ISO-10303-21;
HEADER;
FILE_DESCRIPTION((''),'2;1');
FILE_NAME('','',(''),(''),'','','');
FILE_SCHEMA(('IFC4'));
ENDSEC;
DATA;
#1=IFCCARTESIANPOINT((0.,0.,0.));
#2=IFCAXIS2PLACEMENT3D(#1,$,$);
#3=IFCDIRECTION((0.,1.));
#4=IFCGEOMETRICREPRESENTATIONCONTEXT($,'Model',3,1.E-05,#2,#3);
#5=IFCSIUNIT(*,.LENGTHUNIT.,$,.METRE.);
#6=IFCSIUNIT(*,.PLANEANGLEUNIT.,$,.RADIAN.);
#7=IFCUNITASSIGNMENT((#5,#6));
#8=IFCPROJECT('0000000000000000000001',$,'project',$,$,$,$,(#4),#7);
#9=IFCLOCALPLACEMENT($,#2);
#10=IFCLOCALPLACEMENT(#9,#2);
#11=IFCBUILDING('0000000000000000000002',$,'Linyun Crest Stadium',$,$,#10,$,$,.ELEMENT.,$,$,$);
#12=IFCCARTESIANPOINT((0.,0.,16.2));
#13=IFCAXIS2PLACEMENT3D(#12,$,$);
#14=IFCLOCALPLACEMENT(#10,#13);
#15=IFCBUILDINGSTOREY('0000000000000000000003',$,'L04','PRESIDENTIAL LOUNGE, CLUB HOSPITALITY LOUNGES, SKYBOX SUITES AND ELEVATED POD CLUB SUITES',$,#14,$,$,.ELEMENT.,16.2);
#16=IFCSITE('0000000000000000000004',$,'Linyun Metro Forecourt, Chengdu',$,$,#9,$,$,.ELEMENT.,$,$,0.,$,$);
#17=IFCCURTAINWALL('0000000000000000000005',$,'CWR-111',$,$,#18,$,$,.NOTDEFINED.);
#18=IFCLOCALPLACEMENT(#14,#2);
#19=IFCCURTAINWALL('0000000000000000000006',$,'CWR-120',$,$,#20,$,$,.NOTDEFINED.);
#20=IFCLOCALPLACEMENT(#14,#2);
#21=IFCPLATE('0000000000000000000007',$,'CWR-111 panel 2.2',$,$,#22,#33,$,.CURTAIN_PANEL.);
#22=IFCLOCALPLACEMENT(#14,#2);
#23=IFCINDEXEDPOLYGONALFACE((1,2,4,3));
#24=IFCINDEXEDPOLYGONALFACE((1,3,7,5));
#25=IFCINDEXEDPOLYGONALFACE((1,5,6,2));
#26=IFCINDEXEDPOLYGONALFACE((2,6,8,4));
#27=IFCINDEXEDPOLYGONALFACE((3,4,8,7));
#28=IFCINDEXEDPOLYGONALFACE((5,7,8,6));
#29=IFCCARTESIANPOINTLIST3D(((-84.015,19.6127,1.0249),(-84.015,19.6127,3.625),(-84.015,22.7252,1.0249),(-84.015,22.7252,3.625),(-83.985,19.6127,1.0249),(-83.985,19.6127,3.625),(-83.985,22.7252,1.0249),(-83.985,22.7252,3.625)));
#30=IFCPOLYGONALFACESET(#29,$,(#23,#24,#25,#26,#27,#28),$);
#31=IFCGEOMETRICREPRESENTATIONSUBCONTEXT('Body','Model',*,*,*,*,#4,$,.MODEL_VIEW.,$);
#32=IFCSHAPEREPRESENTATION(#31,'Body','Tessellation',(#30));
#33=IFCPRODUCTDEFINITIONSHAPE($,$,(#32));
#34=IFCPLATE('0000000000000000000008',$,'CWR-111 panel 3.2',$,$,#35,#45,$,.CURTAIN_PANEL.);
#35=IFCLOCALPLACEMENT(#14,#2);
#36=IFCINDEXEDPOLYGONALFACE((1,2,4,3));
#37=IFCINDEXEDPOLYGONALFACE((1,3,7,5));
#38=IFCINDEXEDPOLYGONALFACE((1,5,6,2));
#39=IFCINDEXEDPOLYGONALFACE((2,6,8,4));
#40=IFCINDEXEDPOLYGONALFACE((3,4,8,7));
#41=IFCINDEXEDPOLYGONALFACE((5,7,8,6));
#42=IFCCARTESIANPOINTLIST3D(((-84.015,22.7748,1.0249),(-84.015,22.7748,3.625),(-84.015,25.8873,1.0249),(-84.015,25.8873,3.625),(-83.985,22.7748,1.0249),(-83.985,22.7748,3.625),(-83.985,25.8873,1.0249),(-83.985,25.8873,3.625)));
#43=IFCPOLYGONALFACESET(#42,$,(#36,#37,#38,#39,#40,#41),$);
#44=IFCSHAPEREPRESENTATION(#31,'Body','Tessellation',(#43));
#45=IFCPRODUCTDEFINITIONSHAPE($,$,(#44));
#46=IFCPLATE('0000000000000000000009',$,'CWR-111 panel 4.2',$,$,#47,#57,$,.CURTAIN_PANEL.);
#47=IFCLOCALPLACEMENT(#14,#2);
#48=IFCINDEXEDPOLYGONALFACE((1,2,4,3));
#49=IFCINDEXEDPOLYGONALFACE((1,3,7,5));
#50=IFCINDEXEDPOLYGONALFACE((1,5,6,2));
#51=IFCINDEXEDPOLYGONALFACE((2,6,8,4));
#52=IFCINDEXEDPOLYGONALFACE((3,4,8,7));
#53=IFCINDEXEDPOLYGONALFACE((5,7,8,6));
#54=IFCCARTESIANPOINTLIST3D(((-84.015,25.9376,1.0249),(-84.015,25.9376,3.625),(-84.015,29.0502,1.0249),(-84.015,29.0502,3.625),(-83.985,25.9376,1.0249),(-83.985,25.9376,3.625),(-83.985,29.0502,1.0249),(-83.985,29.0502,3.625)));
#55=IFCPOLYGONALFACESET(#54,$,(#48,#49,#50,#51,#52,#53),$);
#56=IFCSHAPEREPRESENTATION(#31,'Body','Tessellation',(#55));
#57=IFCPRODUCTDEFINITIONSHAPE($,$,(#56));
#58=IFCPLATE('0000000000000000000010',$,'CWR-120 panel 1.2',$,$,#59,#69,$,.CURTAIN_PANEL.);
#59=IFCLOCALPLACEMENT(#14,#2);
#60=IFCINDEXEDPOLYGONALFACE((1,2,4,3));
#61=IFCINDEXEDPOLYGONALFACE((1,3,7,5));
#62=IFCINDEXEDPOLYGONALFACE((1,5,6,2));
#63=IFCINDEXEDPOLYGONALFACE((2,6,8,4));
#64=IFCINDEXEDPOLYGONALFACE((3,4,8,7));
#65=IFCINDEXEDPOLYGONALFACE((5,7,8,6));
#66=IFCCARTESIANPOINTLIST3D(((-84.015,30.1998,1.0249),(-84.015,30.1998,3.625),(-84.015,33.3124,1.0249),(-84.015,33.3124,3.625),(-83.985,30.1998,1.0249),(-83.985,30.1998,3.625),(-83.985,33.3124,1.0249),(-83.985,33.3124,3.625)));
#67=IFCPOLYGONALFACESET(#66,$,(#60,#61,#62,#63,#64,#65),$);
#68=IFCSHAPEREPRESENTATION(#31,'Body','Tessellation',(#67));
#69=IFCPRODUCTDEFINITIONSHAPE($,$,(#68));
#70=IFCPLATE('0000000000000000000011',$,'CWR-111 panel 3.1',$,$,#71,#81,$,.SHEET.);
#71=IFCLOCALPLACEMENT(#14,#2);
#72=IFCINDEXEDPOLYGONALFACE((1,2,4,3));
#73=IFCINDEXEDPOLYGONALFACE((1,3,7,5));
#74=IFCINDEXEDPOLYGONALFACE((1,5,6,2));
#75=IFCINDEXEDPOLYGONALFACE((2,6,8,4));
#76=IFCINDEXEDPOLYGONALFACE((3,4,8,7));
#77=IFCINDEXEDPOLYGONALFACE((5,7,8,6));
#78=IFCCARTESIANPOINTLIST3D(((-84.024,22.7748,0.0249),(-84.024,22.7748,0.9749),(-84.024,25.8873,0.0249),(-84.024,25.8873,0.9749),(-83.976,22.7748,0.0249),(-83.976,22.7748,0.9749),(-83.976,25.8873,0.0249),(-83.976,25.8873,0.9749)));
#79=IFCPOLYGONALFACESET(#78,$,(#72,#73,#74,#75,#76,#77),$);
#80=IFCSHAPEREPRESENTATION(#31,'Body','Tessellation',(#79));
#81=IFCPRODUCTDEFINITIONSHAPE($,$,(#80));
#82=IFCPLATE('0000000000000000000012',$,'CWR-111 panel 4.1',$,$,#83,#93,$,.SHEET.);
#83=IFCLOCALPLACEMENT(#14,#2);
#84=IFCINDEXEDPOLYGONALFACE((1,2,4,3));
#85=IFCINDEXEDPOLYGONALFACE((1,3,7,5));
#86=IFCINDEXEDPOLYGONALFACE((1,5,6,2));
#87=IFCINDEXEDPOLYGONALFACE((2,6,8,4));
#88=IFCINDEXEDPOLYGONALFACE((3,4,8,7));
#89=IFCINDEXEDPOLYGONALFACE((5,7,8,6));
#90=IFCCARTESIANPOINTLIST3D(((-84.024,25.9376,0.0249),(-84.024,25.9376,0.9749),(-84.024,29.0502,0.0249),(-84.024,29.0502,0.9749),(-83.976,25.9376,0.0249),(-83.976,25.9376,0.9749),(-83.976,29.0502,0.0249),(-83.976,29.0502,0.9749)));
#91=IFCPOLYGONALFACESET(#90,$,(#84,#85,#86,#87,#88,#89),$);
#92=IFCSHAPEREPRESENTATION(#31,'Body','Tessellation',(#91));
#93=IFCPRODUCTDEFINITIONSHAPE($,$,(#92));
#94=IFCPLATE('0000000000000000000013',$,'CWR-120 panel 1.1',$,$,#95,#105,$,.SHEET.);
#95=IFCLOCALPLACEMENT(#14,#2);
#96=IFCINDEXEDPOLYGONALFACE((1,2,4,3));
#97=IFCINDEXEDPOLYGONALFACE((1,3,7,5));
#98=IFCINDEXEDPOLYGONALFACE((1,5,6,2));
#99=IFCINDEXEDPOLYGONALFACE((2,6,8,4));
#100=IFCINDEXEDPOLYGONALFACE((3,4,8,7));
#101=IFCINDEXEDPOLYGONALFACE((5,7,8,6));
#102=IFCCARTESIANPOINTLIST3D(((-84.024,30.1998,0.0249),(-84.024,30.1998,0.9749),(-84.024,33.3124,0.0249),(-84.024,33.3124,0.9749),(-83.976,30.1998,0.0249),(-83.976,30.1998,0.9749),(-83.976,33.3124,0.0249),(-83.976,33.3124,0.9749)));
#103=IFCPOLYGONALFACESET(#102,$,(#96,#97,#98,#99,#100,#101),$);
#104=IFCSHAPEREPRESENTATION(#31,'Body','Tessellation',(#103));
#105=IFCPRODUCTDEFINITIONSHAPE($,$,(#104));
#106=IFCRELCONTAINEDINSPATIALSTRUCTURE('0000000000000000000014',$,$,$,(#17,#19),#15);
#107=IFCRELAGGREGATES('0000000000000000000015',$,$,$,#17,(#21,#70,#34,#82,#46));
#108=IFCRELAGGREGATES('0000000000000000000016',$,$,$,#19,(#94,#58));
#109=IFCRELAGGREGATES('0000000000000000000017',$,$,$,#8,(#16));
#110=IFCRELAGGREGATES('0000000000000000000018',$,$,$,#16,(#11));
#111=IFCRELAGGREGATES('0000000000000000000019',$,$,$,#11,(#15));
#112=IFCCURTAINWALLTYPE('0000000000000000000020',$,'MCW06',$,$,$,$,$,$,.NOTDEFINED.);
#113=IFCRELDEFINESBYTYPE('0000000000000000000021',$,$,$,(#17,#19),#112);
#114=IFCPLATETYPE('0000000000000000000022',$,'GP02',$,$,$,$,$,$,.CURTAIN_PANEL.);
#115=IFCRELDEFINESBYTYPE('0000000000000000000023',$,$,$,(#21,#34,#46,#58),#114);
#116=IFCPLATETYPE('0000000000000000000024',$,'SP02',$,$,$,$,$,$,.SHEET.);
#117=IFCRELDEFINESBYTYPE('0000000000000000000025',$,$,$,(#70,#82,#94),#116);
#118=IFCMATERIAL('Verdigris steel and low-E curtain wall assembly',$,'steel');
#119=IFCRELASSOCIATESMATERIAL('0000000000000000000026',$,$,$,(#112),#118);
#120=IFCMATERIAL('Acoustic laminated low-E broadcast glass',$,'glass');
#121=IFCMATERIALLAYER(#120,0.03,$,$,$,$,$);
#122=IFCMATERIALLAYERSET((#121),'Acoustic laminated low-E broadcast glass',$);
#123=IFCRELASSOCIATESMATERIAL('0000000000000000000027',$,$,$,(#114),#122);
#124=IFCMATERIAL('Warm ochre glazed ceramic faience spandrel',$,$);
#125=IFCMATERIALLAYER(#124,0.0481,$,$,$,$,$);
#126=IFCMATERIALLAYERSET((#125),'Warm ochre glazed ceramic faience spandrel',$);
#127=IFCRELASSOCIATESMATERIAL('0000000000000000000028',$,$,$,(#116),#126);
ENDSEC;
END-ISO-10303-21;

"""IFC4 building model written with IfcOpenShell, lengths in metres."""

from ifc_helpers import new_model, si_unit, direction, frame, origin, origin_2d, place, context, subcontext, project, spatial, rectangle, extrude, material, layer, layer_set, type_object, element, aggregate, save


model = new_model("IFC4")

# Units and contexts
model_context = context("Model", 3, precision=1e-05, world=origin(), true_north=direction((0.0, 1.0)))
body_context = subcontext(model_context, "Body", "Model", "MODEL_VIEW")
ifc_project = project(units=[si_unit("LENGTHUNIT", "METRE"), si_unit("PLANEANGLEUNIT", "RADIAN")], contexts=[model_context])

# Site, building, storey
site_placement = place(None, origin())
site = spatial("IfcSite", under=ifc_project, at=site_placement, Name="Linyun Metro Forecourt, Chengdu", CompositionType="ELEMENT", RefElevation=0.0)
building_placement = place(site_placement, origin())
building = spatial("IfcBuilding", under=site, at=building_placement, Name="Linyun Crest Stadium", CompositionType="ELEMENT")
storey_placement = place(building_placement, frame((0.0, 0.0, 16.2)))
storey = spatial("IfcBuildingStorey", under=building, at=storey_placement, Name="L04", Description="PRESIDENTIAL LOUNGE, CLUB HOSPITALITY LOUNGES, SKYBOX SUITES AND ELEVATED POD CLUB SUITES", CompositionType="ELEMENT", Elevation=16.2)

# Curtain walls
ifc_material_1 = material(Name="Verdigris steel and low-E curtain wall assembly", Category="steel")
curtain_wall_type = type_object("IfcCurtainWallType", Name="MCW06", PredefinedType="NOTDEFINED", material=ifc_material_1)
curtain_wall_1_placement = place(storey_placement, origin())
curtain_wall_1 = element("IfcCurtainWall", 1, at=curtain_wall_1_placement, inside=storey, type_object=curtain_wall_type, Name="CWR-111", PredefinedType="NOTDEFINED")
curtain_wall_2_placement = place(storey_placement, origin())
curtain_wall_2 = element("IfcCurtainWall", 2, at=curtain_wall_2_placement, inside=storey, type_object=curtain_wall_type, Name="CWR-120", PredefinedType="NOTDEFINED")

# Plates
ifc_material_2 = material(Name="Acoustic laminated low-E broadcast glass", Category="glass")
ifc_layer_1 = layer(ifc_material_2, 0.03)
ifc_layer_set_1 = layer_set([ifc_layer_1], Name="Acoustic laminated low-E broadcast glass")
plate_type_1 = type_object("IfcPlateType", Name="GP02", PredefinedType="CURTAIN_PANEL", material=ifc_layer_set_1)
plate_1_placement = place(storey_placement, frame((-84.0, 21.1689, 1.0249), z_axis=(0.0, 0.0, 1.0), x_axis=(0.0, 1.0, 0.0)))
plate_1 = element("IfcPlate", 3, at=plate_1_placement, type_object=plate_type_1, Name="CWR-111 panel 2.2", PredefinedType="CURTAIN_PANEL", context=body_context, shape_type="SweptSolid", body=[
    extrude(rectangle(XDim=3.1125, YDim=0.03, at=origin_2d()), origin(), (0.0, 0.0, 1.0), 2.6001),
])
plate_2_placement = place(storey_placement, frame((-84.0, 24.3311, 1.0249), z_axis=(0.0, 0.0, 1.0), x_axis=(0.0, 1.0, 0.0)))
plate_2 = element("IfcPlate", 4, at=plate_2_placement, type_object=plate_type_1, Name="CWR-111 panel 3.2", PredefinedType="CURTAIN_PANEL", context=body_context, shape_type="SweptSolid", body=[
    extrude(rectangle(XDim=3.1125, YDim=0.03, at=origin_2d()), origin(), (0.0, 0.0, 1.0), 2.6001),
])
plate_3_placement = place(storey_placement, frame((-84.0, 27.4939, 1.0249), z_axis=(0.0, 0.0, 1.0), x_axis=(0.0, 1.0, 0.0)))
plate_3 = element("IfcPlate", 5, at=plate_3_placement, type_object=plate_type_1, Name="CWR-111 panel 4.2", PredefinedType="CURTAIN_PANEL", context=body_context, shape_type="SweptSolid", body=[
    extrude(rectangle(XDim=3.1125, YDim=0.03, at=origin_2d()), origin(), (0.0, 0.0, 1.0), 2.6001),
])
plate_4_placement = place(storey_placement, frame((-84.0, 31.7561, 1.0249), z_axis=(0.0, 0.0, 1.0), x_axis=(0.0, 1.0, 0.0)))
plate_4 = element("IfcPlate", 6, at=plate_4_placement, type_object=plate_type_1, Name="CWR-120 panel 1.2", PredefinedType="CURTAIN_PANEL", context=body_context, shape_type="SweptSolid", body=[
    extrude(rectangle(XDim=3.1125, YDim=0.03, at=origin_2d()), origin(), (0.0, 0.0, 1.0), 2.6001),
])
ifc_material_3 = material(Name="Warm ochre glazed ceramic faience spandrel")
ifc_layer_2 = layer(ifc_material_3, 0.0481)
ifc_layer_set_2 = layer_set([ifc_layer_2], Name="Warm ochre glazed ceramic faience spandrel")
plate_type_2 = type_object("IfcPlateType", Name="SP02", PredefinedType="SHEET", material=ifc_layer_set_2)
plate_5_placement = place(storey_placement, frame((-84.0, 24.3311, 0.0249), z_axis=(0.0, 0.0, 1.0), x_axis=(0.0, 1.0, 0.0)))
plate_5 = element("IfcPlate", 7, at=plate_5_placement, type_object=plate_type_2, Name="CWR-111 panel 3.1", PredefinedType="SHEET", context=body_context, shape_type="SweptSolid", body=[
    extrude(rectangle(XDim=3.1125, YDim=0.0481, at=origin_2d()), origin(), (0.0, 0.0, 1.0), 0.95),
])
plate_6_placement = place(storey_placement, frame((-84.0, 27.4939, 0.0249), z_axis=(0.0, 0.0, 1.0), x_axis=(0.0, 1.0, 0.0)))
plate_6 = element("IfcPlate", 8, at=plate_6_placement, type_object=plate_type_2, Name="CWR-111 panel 4.1", PredefinedType="SHEET", context=body_context, shape_type="SweptSolid", body=[
    extrude(rectangle(XDim=3.1125, YDim=0.0481, at=origin_2d()), origin(), (0.0, 0.0, 1.0), 0.95),
])
aggregate(curtain_wall_1, [plate_1, plate_5, plate_2, plate_6, plate_3])
plate_7_placement = place(storey_placement, frame((-84.0, 31.7561, 0.0249), z_axis=(0.0, 0.0, 1.0), x_axis=(0.0, 1.0, 0.0)))
plate_7 = element("IfcPlate", 9, at=plate_7_placement, type_object=plate_type_2, Name="CWR-120 panel 1.1", PredefinedType="SHEET", context=body_context, shape_type="SweptSolid", body=[
    extrude(rectangle(XDim=3.1125, YDim=0.0481, at=origin_2d()), origin(), (0.0, 0.0, 1.0), 0.95),
])
aggregate(curtain_wall_2, [plate_7, plate_4])

save(model, "model.ifc")
